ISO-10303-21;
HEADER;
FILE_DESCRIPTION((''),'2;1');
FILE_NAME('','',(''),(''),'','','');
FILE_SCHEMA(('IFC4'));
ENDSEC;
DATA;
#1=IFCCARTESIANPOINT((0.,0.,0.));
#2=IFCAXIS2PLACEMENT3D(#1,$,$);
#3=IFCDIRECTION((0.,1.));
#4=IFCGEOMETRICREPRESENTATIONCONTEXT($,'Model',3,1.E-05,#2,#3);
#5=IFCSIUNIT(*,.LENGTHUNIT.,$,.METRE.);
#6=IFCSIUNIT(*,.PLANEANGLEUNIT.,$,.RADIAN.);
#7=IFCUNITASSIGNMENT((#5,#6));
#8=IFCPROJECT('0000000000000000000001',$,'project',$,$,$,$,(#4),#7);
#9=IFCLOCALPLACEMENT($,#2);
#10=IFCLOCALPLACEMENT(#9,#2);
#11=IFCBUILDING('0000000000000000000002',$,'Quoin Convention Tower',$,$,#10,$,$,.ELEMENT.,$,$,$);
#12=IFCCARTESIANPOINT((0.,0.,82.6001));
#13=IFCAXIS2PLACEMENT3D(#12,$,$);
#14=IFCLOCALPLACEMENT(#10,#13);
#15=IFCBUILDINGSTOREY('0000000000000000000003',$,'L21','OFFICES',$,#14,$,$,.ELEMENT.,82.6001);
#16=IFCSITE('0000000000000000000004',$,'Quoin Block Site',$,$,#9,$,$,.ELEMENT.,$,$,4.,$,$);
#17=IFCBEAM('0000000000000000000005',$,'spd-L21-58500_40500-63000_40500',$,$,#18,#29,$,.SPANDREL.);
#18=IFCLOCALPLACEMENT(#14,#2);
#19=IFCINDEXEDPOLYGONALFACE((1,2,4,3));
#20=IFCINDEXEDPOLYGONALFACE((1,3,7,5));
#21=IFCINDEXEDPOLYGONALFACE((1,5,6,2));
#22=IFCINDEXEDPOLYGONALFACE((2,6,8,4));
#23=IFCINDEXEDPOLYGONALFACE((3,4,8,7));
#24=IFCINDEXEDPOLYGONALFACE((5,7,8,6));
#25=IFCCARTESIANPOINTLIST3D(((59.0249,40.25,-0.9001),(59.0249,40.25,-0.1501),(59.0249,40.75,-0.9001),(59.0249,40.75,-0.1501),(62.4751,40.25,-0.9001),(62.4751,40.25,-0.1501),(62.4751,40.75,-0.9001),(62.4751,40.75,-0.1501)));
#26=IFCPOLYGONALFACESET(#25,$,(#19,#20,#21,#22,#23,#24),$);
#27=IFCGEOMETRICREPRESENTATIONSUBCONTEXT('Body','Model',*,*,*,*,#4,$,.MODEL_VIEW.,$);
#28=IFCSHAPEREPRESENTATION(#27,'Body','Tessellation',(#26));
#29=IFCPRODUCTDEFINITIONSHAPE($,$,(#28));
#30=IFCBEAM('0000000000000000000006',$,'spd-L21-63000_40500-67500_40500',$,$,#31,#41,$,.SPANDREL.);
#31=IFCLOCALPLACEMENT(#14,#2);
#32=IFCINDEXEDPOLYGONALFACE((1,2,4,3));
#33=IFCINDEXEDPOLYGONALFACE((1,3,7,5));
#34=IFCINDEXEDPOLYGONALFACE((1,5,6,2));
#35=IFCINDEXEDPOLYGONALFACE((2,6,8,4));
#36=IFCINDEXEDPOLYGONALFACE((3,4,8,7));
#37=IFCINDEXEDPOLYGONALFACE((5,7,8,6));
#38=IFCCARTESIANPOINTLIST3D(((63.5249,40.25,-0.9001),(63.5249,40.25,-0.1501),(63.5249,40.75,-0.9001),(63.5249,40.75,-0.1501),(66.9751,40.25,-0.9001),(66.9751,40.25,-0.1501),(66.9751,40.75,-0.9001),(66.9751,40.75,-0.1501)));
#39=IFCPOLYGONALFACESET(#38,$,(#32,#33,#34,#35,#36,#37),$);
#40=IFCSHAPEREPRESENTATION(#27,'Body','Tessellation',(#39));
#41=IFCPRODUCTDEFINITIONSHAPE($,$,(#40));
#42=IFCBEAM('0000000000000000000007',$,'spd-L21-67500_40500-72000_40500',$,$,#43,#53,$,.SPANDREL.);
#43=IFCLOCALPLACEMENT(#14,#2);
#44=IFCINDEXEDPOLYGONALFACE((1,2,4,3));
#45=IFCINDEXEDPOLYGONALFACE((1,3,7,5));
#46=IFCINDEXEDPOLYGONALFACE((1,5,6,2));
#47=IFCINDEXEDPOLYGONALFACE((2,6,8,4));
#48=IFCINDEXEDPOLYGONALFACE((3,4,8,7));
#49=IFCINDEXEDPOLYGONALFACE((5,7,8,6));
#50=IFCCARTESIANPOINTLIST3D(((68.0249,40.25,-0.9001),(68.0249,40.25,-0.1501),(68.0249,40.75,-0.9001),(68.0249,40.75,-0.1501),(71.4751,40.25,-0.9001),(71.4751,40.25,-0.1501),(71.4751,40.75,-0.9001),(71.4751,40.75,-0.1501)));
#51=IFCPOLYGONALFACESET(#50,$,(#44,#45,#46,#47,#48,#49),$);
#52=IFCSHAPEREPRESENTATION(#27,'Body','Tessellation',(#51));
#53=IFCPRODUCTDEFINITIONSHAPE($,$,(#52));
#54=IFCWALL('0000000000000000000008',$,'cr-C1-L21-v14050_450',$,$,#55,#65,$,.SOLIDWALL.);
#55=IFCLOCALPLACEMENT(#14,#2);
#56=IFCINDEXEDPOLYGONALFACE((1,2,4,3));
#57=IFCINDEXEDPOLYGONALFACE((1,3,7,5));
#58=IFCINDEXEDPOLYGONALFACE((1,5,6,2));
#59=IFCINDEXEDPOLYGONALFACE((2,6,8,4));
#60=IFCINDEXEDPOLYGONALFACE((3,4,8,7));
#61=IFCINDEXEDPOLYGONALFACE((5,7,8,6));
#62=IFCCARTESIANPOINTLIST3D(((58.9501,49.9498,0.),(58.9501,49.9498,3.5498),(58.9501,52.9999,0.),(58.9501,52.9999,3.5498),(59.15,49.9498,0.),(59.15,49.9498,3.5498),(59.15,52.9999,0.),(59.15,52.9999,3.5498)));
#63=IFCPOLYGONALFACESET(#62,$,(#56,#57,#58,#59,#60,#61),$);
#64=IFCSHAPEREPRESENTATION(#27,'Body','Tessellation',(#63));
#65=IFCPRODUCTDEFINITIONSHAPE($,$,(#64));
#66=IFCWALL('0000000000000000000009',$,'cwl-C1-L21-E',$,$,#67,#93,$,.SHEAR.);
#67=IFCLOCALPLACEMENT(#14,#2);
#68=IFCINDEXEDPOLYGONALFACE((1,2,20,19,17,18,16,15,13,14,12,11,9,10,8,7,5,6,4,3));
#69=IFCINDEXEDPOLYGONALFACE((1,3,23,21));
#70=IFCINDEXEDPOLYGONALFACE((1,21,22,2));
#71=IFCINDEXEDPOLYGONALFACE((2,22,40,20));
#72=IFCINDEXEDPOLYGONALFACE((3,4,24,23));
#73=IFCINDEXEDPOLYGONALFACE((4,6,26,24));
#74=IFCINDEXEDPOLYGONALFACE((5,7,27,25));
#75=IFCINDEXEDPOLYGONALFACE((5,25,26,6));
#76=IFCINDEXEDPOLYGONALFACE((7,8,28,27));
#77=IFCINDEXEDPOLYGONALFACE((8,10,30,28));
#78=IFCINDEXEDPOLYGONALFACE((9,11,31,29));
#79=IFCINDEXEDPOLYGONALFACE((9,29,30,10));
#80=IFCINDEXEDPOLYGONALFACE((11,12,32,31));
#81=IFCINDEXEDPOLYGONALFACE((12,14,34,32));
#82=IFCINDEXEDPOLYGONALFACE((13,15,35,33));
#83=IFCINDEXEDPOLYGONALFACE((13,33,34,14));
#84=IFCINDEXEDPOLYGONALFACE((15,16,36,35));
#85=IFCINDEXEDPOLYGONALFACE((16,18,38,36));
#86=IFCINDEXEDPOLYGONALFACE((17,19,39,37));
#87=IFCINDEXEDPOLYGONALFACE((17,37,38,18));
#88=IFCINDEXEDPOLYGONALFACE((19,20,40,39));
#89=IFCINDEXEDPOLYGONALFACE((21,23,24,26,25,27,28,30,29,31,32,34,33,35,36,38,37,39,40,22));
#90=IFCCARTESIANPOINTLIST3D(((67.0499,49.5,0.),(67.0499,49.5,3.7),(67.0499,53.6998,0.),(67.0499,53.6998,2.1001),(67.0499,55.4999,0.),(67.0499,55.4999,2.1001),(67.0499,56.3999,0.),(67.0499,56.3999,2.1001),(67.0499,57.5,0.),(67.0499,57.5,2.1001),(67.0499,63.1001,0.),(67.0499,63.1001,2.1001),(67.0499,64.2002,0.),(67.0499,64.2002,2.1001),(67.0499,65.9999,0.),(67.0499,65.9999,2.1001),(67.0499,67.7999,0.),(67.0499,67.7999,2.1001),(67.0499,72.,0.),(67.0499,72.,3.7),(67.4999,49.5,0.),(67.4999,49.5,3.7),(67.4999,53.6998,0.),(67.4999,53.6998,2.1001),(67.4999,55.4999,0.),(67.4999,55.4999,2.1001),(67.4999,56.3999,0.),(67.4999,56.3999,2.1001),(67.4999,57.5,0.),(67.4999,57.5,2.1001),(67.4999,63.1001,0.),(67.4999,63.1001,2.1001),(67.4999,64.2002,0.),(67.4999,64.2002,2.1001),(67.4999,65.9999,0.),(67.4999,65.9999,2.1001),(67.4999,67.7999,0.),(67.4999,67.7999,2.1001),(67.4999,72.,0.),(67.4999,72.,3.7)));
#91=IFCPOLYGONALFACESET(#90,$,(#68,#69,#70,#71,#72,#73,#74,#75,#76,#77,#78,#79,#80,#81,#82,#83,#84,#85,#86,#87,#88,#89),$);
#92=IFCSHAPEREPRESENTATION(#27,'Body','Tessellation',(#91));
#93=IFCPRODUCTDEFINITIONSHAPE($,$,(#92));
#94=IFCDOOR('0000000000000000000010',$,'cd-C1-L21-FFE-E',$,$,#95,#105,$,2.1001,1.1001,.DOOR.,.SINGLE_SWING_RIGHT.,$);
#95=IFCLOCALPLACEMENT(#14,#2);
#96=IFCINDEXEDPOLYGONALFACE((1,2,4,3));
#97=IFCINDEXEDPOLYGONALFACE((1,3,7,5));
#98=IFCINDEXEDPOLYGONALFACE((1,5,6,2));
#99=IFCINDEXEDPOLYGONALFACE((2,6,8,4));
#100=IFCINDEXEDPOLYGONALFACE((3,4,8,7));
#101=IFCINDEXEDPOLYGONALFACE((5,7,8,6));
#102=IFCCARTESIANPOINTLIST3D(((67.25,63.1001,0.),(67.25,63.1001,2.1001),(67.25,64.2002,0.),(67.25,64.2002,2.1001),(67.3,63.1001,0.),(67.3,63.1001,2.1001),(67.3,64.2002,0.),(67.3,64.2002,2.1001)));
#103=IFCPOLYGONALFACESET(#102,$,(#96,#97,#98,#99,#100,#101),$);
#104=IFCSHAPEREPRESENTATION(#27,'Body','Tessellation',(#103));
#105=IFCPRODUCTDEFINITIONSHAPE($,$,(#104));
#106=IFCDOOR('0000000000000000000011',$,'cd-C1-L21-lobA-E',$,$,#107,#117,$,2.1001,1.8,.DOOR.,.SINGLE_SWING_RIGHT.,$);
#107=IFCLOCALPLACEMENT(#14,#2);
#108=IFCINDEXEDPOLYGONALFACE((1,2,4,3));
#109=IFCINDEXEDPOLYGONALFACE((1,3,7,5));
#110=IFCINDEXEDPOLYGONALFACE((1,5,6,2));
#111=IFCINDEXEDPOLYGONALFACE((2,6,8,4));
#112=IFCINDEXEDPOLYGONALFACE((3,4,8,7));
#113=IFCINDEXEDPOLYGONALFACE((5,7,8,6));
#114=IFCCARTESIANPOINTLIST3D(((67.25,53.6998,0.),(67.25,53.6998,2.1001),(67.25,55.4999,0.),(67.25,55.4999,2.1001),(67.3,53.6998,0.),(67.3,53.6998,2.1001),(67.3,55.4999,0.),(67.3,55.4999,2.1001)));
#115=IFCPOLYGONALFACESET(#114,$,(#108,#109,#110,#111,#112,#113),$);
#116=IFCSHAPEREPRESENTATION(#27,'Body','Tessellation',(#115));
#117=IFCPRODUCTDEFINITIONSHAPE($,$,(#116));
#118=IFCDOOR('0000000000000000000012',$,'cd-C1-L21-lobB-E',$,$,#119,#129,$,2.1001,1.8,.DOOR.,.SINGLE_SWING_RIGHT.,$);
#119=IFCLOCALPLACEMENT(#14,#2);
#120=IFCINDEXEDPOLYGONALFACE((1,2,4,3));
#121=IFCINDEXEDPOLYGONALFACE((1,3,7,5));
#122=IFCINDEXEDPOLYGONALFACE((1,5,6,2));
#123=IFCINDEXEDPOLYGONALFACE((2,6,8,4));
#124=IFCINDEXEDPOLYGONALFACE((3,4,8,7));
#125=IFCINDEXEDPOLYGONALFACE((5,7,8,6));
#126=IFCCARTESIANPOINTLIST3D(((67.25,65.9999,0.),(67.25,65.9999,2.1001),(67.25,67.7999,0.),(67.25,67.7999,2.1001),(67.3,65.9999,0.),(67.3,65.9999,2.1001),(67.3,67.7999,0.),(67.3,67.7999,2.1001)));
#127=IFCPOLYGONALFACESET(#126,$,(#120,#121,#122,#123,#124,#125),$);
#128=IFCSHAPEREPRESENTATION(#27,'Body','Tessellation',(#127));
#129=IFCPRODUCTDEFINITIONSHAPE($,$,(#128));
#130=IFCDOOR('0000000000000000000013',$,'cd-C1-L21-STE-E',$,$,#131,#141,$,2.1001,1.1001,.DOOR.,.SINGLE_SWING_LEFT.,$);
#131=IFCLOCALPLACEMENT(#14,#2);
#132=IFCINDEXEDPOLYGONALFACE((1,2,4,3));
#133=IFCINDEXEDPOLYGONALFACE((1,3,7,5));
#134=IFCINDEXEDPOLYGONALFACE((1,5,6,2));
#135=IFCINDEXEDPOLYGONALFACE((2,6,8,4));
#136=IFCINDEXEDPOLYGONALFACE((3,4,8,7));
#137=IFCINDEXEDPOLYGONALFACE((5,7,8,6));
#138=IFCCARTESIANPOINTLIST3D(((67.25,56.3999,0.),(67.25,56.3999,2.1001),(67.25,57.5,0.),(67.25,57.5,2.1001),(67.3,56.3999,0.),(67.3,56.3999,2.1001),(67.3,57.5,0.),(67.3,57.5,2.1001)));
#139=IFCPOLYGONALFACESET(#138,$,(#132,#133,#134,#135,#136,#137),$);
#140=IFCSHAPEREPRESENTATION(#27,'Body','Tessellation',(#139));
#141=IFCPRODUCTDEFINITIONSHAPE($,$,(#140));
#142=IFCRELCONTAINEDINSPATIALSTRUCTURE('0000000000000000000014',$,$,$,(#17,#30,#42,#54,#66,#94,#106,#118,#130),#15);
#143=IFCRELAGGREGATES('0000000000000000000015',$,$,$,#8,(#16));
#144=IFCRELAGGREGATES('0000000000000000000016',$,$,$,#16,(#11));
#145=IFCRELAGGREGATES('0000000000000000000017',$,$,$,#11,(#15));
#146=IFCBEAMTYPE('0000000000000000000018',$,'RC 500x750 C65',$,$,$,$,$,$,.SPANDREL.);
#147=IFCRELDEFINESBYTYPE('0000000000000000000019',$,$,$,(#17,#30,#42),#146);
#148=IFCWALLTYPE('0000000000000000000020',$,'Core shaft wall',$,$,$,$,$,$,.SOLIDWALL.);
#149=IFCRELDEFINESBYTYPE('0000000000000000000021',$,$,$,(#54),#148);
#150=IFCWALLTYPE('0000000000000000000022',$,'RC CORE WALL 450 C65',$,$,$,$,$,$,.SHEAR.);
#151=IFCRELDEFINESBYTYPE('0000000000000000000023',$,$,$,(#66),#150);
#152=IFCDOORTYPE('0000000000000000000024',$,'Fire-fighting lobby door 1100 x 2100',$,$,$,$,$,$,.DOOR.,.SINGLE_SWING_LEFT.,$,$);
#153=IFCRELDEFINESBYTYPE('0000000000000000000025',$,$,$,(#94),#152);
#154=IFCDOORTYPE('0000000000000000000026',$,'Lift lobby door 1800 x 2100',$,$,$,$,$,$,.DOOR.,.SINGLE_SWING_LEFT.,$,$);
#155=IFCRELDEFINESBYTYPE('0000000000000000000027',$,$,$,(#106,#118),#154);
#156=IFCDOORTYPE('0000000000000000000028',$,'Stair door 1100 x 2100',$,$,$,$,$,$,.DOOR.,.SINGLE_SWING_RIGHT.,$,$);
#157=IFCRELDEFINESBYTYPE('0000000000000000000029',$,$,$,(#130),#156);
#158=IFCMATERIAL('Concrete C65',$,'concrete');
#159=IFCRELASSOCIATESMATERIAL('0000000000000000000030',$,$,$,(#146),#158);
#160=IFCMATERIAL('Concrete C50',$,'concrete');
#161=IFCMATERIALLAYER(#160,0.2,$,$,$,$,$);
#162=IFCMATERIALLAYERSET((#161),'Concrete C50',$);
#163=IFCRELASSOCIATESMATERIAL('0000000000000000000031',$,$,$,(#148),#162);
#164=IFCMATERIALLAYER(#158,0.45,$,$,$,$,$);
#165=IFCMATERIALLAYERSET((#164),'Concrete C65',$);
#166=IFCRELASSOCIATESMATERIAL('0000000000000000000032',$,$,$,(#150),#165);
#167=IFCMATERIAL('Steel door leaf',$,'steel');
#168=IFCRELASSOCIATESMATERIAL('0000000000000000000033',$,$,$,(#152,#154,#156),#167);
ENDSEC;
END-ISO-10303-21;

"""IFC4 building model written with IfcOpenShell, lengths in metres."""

from ifc_helpers import new_model, si_unit, direction, frame, frame_2d, origin, origin_2d, place, context, subcontext, project, spatial, rectangle, extrude, material, layer, layer_set, material_profile, profile_set, type_object, element, fill, save


model = new_model("IFC4")

# Units and contexts
model_context = context("Model", 3, precision=1e-05, world=origin(), true_north=direction((0.0, 1.0)))
body_context = subcontext(model_context, "Body", "Model", "MODEL_VIEW")
ifc_project = project(units=[si_unit("LENGTHUNIT", "METRE"), si_unit("PLANEANGLEUNIT", "RADIAN")], contexts=[model_context])

# Site, building, storey
site_placement = place(None, origin())
site = spatial("IfcSite", under=ifc_project, at=site_placement, Name="Quoin Block Site", CompositionType="ELEMENT", RefElevation=4.0)
building_placement = place(site_placement, origin())
building = spatial("IfcBuilding", under=site, at=building_placement, Name="Quoin Convention Tower", CompositionType="ELEMENT")
storey_placement = place(building_placement, frame((0.0, 0.0, 82.6001)))
storey = spatial("IfcBuildingStorey", under=building, at=storey_placement, Name="L21", Description="OFFICES", CompositionType="ELEMENT", Elevation=82.6001)

# Shared definitions
ifc_material_1 = material(Name="Concrete C65", Category="concrete")

# Beams
ifc_material_profile_1 = material_profile(ifc_material_1, rectangle(XDim=0.5, YDim=0.75, at=origin_2d()), Name="RC 500x750")
ifc_profile_set_1 = profile_set([ifc_material_profile_1], Name="Concrete C65")
beam_type_1 = type_object("IfcBeamType", Name="RC 500x750 C65", PredefinedType="SPANDREL", material=ifc_profile_set_1)
for number, where, z_axis, x_axis, name in (
    (1, (59.0249, 40.5, -0.5251), (1.0, 0.0, 0.0), (0.0, 1.0, 0.0), "spd-L21-58500_40500-63000_40500"),
    (2, (63.5249, 40.5, -0.5251), (1.0, 0.0, 0.0), (0.0, 1.0, 0.0), "spd-L21-63000_40500-67500_40500"),
    (3, (68.0249, 40.5, -0.5251), (1.0, 0.0, 0.0), (0.0, 1.0, 0.0), "spd-L21-67500_40500-72000_40500"),
):
    element("IfcBeam", number, at=place(storey_placement, frame(where, z_axis=z_axis, x_axis=x_axis)), inside=storey, type_object=beam_type_1, Name=name, PredefinedType="SPANDREL", context=body_context, shape_type="SweptSolid", body=[
        extrude(rectangle(XDim=0.5, YDim=0.75, at=origin_2d()), origin(), (0.0, 0.0, 1.0), 3.4502),
    ])

# Wall
ifc_material_2 = material(Name="Concrete C50", Category="concrete")
ifc_layer_1 = layer(ifc_material_2, 0.2)
ifc_layer_set_1 = layer_set([ifc_layer_1], Name="Concrete C50")
wall_type_1 = type_object("IfcWallType", Name="Core shaft wall", PredefinedType="SOLIDWALL", material=ifc_layer_set_1)
wall_1_placement = place(storey_placement, frame((59.05, 49.95, 0.0), z_axis=(0.0, 0.0, 1.0), x_axis=(0.0, 1.0, 0.0)))
element("IfcWall", 4, at=wall_1_placement, inside=storey, type_object=wall_type_1, Name="cr-C1-L21-v14050_450", PredefinedType="SOLIDWALL", context=body_context, shape_type="SweptSolid", body=[
    extrude(rectangle(XDim=3.05, YDim=0.2, at=frame_2d((1.5249, 0.0))), origin(), (0.0, 0.0, 1.0), 3.5498),
])

# Wall, openings, doors
ifc_layer_2 = layer(ifc_material_1, 0.45)
ifc_layer_set_2 = layer_set([ifc_layer_2], Name="Concrete C65")
wall_type_2 = type_object("IfcWallType", Name="RC CORE WALL 450 C65", PredefinedType="SHEAR", material=ifc_layer_set_2)
wall_2_placement = place(storey_placement, frame((67.2749, 49.5, 0.0), z_axis=(0.0, 0.0, 1.0), x_axis=(0.0, 1.0, 0.0)))
wall_2 = element("IfcWall", 5, at=wall_2_placement, inside=storey, type_object=wall_type_2, Name="cwl-C1-L21-E", PredefinedType="SHEAR", context=body_context, shape_type="SweptSolid", body=[
    extrude(rectangle(XDim=22.5, YDim=0.45, at=frame_2d((11.25, 0.0))), origin(), (0.0, 0.0, 1.0), 3.7),
])
opening_1_placement = place(wall_2_placement, frame((4.2, 0.0, 0.0)))
opening_1 = element("IfcOpeningElement", 6, at=opening_1_placement, cuts=wall_2, PredefinedType="OPENING", context=body_context, shape_type="SweptSolid", body=[
    extrude(rectangle(XDim=1.8, YDim=2.1001, at=frame_2d((0.8999, 1.05))), frame((0.0, 0.2349, 0.0), z_axis=(0.0, -1.0, 0.0), x_axis=(1.0, 0.0, 0.0)), (0.0, 0.0, 1.0), 0.47),
])
opening_2_placement = place(wall_2_placement, frame((6.8999, 0.0, 0.0)))
opening_2 = element("IfcOpeningElement", 7, at=opening_2_placement, cuts=wall_2, PredefinedType="OPENING", context=body_context, shape_type="SweptSolid", body=[
    extrude(rectangle(XDim=1.1001, YDim=2.1001, at=frame_2d((0.55, 1.05))), frame((0.0, 0.2349, 0.0), z_axis=(0.0, -1.0, 0.0), x_axis=(1.0, 0.0, 0.0)), (0.0, 0.0, 1.0), 0.47),
])
opening_3_placement = place(wall_2_placement, frame((13.6001, 0.0, 0.0)))
opening_3 = element("IfcOpeningElement", 8, at=opening_3_placement, cuts=wall_2, PredefinedType="OPENING", context=body_context, shape_type="SweptSolid", body=[
    extrude(rectangle(XDim=1.1001, YDim=2.1001, at=frame_2d((0.55, 1.05))), frame((0.0, 0.2349, 0.0), z_axis=(0.0, -1.0, 0.0), x_axis=(1.0, 0.0, 0.0)), (0.0, 0.0, 1.0), 0.47),
])
opening_4_placement = place(wall_2_placement, frame((16.5, 0.0, 0.0)))
opening_4 = element("IfcOpeningElement", 9, at=opening_4_placement, cuts=wall_2, PredefinedType="OPENING", context=body_context, shape_type="SweptSolid", body=[
    extrude(rectangle(XDim=1.8, YDim=2.1001, at=frame_2d((0.8999, 1.05))), frame((0.0, 0.2349, 0.0), z_axis=(0.0, -1.0, 0.0), x_axis=(1.0, 0.0, 0.0)), (0.0, 0.0, 1.0), 0.47),
])
ifc_material_3 = material(Name="Steel door leaf", Category="steel")
door_type_1 = type_object("IfcDoorType", Name="Fire-fighting lobby door 1100 x 2100", OperationType="SINGLE_SWING_LEFT", PredefinedType="DOOR", material=ifc_material_3)
door_1_placement = place(opening_3_placement, origin())
door_1 = element("IfcDoor", 10, at=door_1_placement, inside=storey, type_object=door_type_1, Name="cd-C1-L21-FFE-E", OperationType="SINGLE_SWING_RIGHT", OverallHeight=2.1001, OverallWidth=1.1001, PredefinedType="DOOR", context=body_context, shape_type="SweptSolid", body=[
    extrude(rectangle(XDim=1.1001, YDim=2.1001, at=frame_2d((0.55, 1.05))), frame((0.0, 0.0249, 0.0), z_axis=(0.0, -1.0, 0.0), x_axis=(1.0, 0.0, 0.0)), (0.0, 0.0, 1.0), 0.05),
])
fill(opening_3, door_1)
door_type_2 = type_object("IfcDoorType", Name="Lift lobby door 1800 x 2100", OperationType="SINGLE_SWING_LEFT", PredefinedType="DOOR", material=ifc_material_3)
door_2_placement = place(opening_1_placement, origin())
door_2 = element("IfcDoor", 11, at=door_2_placement, inside=storey, type_object=door_type_2, Name="cd-C1-L21-lobA-E", OperationType="SINGLE_SWING_RIGHT", OverallHeight=2.1001, OverallWidth=1.8, PredefinedType="DOOR", context=body_context, shape_type="SweptSolid", body=[
    extrude(rectangle(XDim=1.8, YDim=2.1001, at=frame_2d((0.8999, 1.05))), frame((0.0, 0.0249, 0.0), z_axis=(0.0, -1.0, 0.0), x_axis=(1.0, 0.0, 0.0)), (0.0, 0.0, 1.0), 0.05),
])
fill(opening_1, door_2)
door_3_placement = place(opening_4_placement, origin())
door_3 = element("IfcDoor", 12, at=door_3_placement, inside=storey, type_object=door_type_2, Name="cd-C1-L21-lobB-E", OperationType="SINGLE_SWING_RIGHT", OverallHeight=2.1001, OverallWidth=1.8, PredefinedType="DOOR", context=body_context, shape_type="SweptSolid", body=[
    extrude(rectangle(XDim=1.8, YDim=2.1001, at=frame_2d((0.8999, 1.05))), frame((0.0, 0.0249, 0.0), z_axis=(0.0, -1.0, 0.0), x_axis=(1.0, 0.0, 0.0)), (0.0, 0.0, 1.0), 0.05),
])
fill(opening_4, door_3)
door_type_3 = type_object("IfcDoorType", Name="Stair door 1100 x 2100", OperationType="SINGLE_SWING_RIGHT", PredefinedType="DOOR", material=ifc_material_3)
door_4_placement = place(opening_2_placement, origin())
door_4 = element("IfcDoor", 13, at=door_4_placement, inside=storey, type_object=door_type_3, Name="cd-C1-L21-STE-E", OperationType="SINGLE_SWING_LEFT", OverallHeight=2.1001, OverallWidth=1.1001, PredefinedType="DOOR", context=body_context, shape_type="SweptSolid", body=[
    extrude(rectangle(XDim=1.1001, YDim=2.1001, at=frame_2d((0.55, 1.05))), frame((0.0, 0.0249, 0.0), z_axis=(0.0, -1.0, 0.0), x_axis=(1.0, 0.0, 0.0)), (0.0, 0.0, 1.0), 0.05),
])
fill(opening_2, door_4)

save(model, "model.ifc")
